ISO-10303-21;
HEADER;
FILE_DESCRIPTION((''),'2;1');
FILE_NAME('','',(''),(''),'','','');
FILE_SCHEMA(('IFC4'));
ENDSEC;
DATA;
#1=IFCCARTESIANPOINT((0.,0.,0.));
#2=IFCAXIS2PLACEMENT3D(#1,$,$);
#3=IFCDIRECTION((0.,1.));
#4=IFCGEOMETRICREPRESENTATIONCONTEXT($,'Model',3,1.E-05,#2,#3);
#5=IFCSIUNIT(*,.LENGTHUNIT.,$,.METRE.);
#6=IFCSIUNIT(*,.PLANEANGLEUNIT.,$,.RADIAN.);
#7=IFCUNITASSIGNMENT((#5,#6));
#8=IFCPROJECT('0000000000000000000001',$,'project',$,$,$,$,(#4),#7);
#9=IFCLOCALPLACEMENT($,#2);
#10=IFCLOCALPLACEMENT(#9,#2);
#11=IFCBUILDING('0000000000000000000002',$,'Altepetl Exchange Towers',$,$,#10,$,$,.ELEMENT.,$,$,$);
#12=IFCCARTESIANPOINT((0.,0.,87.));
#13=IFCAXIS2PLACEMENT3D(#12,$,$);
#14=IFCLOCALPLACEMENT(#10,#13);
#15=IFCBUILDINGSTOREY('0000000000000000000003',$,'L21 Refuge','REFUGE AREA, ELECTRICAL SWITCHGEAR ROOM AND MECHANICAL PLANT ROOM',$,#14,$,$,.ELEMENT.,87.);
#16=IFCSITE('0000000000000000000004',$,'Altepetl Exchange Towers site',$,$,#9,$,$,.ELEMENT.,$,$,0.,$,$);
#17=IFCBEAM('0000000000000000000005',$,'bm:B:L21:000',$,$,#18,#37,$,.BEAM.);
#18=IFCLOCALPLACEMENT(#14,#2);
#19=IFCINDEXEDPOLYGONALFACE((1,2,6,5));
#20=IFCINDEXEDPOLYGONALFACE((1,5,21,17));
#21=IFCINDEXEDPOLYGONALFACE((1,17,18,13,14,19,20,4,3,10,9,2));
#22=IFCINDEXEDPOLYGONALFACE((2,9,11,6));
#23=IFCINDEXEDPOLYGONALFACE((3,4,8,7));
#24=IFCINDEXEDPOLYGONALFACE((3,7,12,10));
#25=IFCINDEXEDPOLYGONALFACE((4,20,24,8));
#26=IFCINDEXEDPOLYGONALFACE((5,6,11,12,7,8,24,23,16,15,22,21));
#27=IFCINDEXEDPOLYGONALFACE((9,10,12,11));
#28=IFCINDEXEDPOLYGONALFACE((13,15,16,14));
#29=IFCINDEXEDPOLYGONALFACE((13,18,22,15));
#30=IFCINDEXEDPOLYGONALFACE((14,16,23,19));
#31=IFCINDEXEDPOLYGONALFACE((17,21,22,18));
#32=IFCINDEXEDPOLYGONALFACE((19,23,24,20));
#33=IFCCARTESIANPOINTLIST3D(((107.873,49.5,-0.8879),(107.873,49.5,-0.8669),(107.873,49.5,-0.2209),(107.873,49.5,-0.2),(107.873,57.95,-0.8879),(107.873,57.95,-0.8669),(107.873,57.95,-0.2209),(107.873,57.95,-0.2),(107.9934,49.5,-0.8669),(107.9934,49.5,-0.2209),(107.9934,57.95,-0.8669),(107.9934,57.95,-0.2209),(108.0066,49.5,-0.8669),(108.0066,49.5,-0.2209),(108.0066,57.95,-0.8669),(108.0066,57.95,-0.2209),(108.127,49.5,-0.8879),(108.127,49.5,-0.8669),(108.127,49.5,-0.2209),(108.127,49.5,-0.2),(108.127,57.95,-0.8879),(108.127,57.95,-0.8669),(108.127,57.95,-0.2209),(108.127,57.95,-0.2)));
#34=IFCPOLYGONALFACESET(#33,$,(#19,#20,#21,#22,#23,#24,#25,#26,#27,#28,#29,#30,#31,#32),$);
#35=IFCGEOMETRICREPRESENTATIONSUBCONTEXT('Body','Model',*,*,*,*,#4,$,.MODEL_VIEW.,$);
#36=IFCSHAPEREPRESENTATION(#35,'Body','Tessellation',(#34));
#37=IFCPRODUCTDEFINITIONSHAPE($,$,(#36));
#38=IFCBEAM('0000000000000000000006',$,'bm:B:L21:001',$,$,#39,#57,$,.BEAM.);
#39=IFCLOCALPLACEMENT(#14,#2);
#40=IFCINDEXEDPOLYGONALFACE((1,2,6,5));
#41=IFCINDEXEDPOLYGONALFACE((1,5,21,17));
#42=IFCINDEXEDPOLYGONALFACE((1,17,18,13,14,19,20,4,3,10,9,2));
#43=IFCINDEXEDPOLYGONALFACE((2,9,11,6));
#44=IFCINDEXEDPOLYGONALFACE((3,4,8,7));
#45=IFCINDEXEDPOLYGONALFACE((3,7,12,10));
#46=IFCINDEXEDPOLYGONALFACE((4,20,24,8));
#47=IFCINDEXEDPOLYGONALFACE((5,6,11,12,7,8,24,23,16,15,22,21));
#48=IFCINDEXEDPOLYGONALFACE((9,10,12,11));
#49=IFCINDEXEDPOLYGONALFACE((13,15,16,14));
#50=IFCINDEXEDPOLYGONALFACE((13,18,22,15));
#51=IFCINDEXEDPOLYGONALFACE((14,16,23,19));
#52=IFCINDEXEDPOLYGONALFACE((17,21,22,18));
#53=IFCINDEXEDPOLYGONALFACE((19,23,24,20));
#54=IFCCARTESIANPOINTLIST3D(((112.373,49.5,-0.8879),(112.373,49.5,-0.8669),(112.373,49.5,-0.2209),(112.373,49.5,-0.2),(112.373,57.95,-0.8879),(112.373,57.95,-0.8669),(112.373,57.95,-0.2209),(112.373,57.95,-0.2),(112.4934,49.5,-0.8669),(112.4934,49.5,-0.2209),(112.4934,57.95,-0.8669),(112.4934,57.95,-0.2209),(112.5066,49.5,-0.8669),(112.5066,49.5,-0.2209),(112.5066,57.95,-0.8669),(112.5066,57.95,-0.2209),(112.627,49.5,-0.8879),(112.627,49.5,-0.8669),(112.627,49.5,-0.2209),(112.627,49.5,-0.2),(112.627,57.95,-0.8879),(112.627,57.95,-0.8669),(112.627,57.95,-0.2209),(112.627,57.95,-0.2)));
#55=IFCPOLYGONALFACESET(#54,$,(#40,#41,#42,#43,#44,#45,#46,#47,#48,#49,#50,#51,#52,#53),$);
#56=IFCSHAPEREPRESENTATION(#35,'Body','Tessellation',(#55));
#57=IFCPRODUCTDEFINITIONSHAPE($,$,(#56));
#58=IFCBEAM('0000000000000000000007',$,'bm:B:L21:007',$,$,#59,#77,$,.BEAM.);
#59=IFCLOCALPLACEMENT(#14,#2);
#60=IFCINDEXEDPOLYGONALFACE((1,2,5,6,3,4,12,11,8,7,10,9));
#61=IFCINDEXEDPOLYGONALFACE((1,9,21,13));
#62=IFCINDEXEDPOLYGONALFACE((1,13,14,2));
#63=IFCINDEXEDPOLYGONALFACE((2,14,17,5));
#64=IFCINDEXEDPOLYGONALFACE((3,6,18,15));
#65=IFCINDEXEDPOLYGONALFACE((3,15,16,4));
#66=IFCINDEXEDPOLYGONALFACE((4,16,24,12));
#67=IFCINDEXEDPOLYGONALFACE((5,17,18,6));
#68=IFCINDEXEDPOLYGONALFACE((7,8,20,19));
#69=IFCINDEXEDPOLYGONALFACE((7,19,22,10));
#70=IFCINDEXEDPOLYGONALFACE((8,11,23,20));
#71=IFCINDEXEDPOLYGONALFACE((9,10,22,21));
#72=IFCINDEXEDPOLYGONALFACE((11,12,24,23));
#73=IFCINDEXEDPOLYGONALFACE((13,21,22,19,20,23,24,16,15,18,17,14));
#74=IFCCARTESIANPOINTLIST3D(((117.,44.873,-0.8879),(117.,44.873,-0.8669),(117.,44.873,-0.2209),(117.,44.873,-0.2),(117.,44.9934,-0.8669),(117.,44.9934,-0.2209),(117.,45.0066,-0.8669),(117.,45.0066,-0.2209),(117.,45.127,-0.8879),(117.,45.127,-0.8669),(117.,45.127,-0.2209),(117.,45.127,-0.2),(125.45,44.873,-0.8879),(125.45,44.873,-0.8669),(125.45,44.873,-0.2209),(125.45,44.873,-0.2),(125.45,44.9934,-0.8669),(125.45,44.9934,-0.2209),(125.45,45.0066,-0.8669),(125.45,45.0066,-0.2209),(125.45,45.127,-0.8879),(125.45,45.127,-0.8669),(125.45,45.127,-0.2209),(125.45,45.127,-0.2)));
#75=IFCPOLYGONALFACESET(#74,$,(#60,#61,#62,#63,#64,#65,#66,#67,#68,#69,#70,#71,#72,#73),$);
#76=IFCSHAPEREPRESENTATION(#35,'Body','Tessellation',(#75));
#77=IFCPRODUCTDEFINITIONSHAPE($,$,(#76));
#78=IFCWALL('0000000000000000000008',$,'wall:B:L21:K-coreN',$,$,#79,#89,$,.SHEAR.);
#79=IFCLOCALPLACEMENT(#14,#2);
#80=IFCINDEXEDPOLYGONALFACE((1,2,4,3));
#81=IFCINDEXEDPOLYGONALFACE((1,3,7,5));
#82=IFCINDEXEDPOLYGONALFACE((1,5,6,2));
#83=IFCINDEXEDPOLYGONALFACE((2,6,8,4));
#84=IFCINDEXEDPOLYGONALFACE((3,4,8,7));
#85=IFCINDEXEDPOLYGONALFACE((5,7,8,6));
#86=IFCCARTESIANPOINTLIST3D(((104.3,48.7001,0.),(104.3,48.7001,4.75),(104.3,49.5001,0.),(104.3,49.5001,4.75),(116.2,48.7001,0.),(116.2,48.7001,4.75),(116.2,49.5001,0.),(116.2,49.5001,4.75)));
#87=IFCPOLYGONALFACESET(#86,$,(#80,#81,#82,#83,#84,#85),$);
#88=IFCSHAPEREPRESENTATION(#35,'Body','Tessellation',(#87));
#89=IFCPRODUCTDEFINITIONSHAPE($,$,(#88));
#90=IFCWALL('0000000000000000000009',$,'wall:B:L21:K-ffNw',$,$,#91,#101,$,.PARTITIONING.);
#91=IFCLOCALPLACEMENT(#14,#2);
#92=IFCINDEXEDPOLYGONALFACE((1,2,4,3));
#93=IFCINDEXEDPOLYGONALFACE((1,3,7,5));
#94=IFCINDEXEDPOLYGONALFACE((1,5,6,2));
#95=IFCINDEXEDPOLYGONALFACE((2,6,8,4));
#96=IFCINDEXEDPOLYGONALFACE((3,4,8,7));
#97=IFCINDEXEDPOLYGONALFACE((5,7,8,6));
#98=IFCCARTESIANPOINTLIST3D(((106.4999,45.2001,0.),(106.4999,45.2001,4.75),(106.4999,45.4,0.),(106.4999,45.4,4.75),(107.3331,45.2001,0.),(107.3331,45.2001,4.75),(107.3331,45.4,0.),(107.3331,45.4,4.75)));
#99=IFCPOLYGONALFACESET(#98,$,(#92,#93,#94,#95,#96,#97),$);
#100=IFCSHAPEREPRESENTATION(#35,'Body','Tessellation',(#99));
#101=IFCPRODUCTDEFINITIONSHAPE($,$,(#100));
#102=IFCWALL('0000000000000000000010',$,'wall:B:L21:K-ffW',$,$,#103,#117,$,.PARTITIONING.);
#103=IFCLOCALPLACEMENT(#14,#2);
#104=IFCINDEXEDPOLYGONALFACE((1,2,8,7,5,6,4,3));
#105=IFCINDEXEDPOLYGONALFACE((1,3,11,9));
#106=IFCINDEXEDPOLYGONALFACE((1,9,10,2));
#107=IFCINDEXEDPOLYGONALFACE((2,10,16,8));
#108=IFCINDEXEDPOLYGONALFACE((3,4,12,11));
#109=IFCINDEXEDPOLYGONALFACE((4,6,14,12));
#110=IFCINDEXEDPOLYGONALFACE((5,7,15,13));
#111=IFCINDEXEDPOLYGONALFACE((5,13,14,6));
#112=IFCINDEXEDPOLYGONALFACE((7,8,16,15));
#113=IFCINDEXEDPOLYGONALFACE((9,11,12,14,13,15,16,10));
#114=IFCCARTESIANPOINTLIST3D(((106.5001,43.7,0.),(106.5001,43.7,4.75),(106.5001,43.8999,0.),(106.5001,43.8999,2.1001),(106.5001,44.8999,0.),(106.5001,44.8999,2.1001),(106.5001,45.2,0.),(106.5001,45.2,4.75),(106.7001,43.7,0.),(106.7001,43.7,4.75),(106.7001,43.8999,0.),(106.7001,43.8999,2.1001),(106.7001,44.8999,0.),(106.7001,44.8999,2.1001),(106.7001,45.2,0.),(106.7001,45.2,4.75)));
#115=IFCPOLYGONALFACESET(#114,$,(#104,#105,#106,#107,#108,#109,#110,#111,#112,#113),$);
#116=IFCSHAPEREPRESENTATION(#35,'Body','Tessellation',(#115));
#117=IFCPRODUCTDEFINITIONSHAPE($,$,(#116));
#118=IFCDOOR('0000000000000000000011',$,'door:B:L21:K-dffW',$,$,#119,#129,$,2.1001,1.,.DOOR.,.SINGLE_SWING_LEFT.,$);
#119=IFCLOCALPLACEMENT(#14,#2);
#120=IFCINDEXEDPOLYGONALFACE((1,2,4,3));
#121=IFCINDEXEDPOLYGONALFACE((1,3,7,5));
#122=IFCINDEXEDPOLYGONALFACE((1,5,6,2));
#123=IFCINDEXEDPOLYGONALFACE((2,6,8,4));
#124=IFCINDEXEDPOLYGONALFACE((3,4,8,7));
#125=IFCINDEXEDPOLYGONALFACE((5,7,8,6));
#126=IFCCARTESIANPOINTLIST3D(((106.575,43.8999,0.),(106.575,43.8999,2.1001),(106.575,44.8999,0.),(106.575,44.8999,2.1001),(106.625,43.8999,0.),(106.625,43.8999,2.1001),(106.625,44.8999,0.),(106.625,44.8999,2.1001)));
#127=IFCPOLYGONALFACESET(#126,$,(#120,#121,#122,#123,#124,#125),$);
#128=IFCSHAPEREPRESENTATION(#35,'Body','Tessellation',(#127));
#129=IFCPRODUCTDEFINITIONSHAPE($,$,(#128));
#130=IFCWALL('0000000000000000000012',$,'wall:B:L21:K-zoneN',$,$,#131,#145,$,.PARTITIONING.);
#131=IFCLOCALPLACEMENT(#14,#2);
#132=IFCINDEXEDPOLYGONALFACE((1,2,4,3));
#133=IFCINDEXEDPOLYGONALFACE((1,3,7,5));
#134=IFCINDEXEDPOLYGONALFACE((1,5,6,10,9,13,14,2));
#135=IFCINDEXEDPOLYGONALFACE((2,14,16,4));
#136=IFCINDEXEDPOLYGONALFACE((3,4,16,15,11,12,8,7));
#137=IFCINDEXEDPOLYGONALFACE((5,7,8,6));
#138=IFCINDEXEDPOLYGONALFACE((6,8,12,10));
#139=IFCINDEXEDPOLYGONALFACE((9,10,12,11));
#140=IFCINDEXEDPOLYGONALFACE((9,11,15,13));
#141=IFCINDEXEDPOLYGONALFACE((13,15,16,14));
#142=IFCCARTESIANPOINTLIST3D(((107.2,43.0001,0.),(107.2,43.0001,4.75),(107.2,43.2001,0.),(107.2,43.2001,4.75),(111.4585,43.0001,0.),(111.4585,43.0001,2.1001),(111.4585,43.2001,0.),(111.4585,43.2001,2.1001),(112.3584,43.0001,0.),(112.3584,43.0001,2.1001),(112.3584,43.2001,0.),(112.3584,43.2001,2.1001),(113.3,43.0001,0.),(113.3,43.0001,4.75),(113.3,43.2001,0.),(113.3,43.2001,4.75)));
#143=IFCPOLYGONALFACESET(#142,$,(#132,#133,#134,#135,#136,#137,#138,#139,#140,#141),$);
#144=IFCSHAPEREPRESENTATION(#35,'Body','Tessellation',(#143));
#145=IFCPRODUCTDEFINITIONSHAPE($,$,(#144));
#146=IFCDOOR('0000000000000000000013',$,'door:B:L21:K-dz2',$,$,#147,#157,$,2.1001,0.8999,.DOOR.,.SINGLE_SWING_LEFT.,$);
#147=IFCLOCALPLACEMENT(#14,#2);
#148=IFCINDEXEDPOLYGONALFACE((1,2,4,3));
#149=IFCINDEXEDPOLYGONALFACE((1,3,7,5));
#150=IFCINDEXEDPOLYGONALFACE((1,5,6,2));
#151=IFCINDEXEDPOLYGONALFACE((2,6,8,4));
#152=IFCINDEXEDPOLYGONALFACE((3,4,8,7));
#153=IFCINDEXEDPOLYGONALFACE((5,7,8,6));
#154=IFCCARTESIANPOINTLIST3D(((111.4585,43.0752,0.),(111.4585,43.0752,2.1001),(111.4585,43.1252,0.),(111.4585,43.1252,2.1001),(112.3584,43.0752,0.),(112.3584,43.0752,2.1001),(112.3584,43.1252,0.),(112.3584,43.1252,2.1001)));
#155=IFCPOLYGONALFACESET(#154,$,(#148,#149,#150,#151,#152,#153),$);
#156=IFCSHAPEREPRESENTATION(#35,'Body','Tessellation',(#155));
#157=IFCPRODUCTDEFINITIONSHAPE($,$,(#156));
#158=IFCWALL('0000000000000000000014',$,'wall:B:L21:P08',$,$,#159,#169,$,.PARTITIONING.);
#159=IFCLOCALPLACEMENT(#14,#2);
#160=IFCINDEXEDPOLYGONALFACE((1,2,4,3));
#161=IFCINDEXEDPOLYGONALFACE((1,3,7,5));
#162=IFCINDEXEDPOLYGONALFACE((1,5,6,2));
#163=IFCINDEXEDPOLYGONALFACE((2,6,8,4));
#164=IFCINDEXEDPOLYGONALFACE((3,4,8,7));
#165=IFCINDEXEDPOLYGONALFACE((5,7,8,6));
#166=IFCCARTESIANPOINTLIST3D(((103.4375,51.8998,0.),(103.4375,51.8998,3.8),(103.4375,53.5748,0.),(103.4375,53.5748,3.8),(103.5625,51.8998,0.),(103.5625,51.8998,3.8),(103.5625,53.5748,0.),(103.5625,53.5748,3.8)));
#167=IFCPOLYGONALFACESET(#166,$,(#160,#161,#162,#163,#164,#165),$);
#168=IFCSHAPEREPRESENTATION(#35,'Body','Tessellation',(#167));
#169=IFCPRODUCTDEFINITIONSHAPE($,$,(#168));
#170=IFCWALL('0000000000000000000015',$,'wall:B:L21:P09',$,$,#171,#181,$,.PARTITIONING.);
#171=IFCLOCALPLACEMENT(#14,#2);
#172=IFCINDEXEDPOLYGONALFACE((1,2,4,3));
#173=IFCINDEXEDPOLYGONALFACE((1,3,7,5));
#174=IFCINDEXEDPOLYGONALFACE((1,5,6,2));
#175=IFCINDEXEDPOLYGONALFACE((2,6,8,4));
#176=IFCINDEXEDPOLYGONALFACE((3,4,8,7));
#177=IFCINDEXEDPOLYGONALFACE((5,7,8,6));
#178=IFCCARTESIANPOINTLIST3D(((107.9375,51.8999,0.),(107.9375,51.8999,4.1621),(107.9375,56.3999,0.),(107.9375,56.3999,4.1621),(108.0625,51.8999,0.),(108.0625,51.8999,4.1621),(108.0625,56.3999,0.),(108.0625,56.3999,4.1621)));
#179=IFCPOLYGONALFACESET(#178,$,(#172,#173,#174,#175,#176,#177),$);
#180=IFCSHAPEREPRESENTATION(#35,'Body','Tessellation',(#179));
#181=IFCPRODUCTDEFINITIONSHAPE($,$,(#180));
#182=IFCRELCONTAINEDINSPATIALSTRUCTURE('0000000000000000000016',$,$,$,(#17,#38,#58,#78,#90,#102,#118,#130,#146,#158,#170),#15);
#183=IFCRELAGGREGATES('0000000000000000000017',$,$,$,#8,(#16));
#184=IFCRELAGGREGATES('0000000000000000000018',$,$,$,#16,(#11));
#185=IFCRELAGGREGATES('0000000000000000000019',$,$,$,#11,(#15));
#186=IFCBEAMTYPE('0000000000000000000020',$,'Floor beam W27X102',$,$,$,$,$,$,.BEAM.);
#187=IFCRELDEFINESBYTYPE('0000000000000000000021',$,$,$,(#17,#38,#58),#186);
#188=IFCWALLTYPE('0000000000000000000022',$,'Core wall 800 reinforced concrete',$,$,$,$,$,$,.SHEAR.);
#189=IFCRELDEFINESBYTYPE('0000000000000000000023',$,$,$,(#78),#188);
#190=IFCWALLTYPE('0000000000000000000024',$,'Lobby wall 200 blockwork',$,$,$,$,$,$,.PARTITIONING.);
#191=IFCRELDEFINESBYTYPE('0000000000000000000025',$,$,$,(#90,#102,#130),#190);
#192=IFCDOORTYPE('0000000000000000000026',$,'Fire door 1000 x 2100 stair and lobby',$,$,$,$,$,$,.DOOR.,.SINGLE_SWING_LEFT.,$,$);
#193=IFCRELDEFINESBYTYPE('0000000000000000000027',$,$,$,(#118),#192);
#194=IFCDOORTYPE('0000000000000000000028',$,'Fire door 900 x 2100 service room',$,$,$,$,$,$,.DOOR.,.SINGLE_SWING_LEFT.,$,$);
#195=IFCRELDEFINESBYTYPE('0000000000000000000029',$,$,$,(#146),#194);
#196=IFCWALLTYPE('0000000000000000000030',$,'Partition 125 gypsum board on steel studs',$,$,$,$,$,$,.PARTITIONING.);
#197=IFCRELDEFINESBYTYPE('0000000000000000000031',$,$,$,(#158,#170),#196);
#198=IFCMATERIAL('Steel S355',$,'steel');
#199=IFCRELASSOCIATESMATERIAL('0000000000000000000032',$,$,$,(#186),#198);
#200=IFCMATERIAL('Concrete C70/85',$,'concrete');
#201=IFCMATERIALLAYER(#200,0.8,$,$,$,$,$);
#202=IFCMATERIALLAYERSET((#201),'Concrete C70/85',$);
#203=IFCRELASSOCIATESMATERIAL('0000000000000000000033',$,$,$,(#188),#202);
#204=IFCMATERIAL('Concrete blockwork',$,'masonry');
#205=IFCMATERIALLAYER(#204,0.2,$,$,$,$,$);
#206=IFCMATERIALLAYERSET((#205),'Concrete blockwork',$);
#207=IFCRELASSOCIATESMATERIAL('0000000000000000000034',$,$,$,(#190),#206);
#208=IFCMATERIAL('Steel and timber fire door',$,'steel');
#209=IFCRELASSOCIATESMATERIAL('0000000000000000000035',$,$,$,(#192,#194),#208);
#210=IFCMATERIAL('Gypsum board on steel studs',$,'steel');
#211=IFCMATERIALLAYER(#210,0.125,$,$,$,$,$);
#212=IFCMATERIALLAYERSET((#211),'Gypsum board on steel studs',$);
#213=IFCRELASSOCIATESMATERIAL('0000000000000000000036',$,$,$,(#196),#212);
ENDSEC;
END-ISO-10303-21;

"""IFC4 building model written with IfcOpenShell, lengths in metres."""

from ifc_helpers import new_model, si_unit, direction, frame, frame_2d, origin, origin_2d, place, context, subcontext, project, spatial, rectangle, i_section, extrude, material, layer, layer_set, material_profile, profile_set, type_object, element, fill, save


model = new_model("IFC4")

# Units and contexts
model_context = context("Model", 3, precision=1e-05, world=origin(), true_north=direction((0.0, 1.0)))
body_context = subcontext(model_context, "Body", "Model", "MODEL_VIEW")
ifc_project = project(units=[si_unit("LENGTHUNIT", "METRE"), si_unit("PLANEANGLEUNIT", "RADIAN")], contexts=[model_context])

# Site, building, storey
site_placement = place(None, origin())
site = spatial("IfcSite", under=ifc_project, at=site_placement, Name="Altepetl Exchange Towers site", CompositionType="ELEMENT", RefElevation=0.0)
building_placement = place(site_placement, origin())
building = spatial("IfcBuilding", under=site, at=building_placement, Name="Altepetl Exchange Towers", CompositionType="ELEMENT")
storey_placement = place(building_placement, frame((0.0, 0.0, 87.0)))
storey = spatial("IfcBuildingStorey", under=building, at=storey_placement, Name="L21 Refuge", Description="REFUGE AREA, ELECTRICAL SWITCHGEAR ROOM AND MECHANICAL PLANT ROOM", CompositionType="ELEMENT", Elevation=87.0)

# Beams
ifc_material_1 = material(Name="Steel S355", Category="steel")
ifc_material_profile = material_profile(ifc_material_1, i_section(OverallWidth=0.2539, OverallDepth=0.688, WebThickness=0.0132, FlangeThickness=0.021, at=origin_2d()), Name="W27X102")
ifc_profile_set = profile_set([ifc_material_profile], Name="Steel S355")
beam_type = type_object("IfcBeamType", Name="Floor beam W27X102", PredefinedType="BEAM", material=ifc_profile_set)
for number, where, z_axis, x_axis, name in (
    (1, (108.0, 49.5, -0.5439), (0.0, 1.0, 0.0), (-1.0, 0.0, 0.0), "bm:B:L21:000"),
    (2, (112.5, 49.5, -0.5439), (0.0, 1.0, 0.0), (-1.0, 0.0, 0.0), "bm:B:L21:001"),
    (3, (117.0, 45.0, -0.5439), (1.0, 0.0, 0.0), (0.0, 1.0, 0.0), "bm:B:L21:007"),
):
    element("IfcBeam", number, at=place(storey_placement, frame(where, z_axis=z_axis, x_axis=x_axis)), inside=storey, type_object=beam_type, Name=name, PredefinedType="BEAM", context=body_context, shape_type="SweptSolid", body=[
        extrude(i_section(OverallWidth=0.2539, OverallDepth=0.688, WebThickness=0.0132, FlangeThickness=0.021, at=origin_2d()), origin(), (0.0, 0.0, 1.0), 8.45),
    ])

# Walls
ifc_material_2 = material(Name="Concrete C70/85", Category="concrete")
ifc_layer_1 = layer(ifc_material_2, 0.8)
ifc_layer_set_1 = layer_set([ifc_layer_1], Name="Concrete C70/85")
wall_type_1 = type_object("IfcWallType", Name="Core wall 800 reinforced concrete", PredefinedType="SHEAR", material=ifc_layer_set_1)
wall_1_placement = place(storey_placement, frame((104.3, 49.1001, 0.0)))
element("IfcWall", 4, at=wall_1_placement, inside=storey, type_object=wall_type_1, Name="wall:B:L21:K-coreN", PredefinedType="SHEAR", context=body_context, shape_type="SweptSolid", body=[
    extrude(rectangle(XDim=11.8999, YDim=0.8, at=frame_2d((5.95, 0.0))), origin(), (0.0, 0.0, 1.0), 4.75),
])
ifc_material_3 = material(Name="Concrete blockwork", Category="masonry")
ifc_layer_2 = layer(ifc_material_3, 0.2)
ifc_layer_set_2 = layer_set([ifc_layer_2], Name="Concrete blockwork")
wall_type_2 = type_object("IfcWallType", Name="Lobby wall 200 blockwork", PredefinedType="PARTITIONING", material=ifc_layer_set_2)
wall_2_placement = place(storey_placement, frame((106.5, 45.3, 0.0)))
element("IfcWall", 5, at=wall_2_placement, inside=storey, type_object=wall_type_2, Name="wall:B:L21:K-ffNw", PredefinedType="PARTITIONING", context=body_context, shape_type="SweptSolid", body=[
    extrude(rectangle(XDim=0.8333, YDim=0.2, at=frame_2d((0.4165, 0.0))), origin(), (0.0, 0.0, 1.0), 4.75),
])

# Walls, openings, doors
wall_3_placement = place(storey_placement, frame((106.6001, 43.7, 0.0), z_axis=(0.0, 0.0, 1.0), x_axis=(0.0, 1.0, 0.0)))
wall_3 = element("IfcWall", 6, at=wall_3_placement, inside=storey, type_object=wall_type_2, Name="wall:B:L21:K-ffW", PredefinedType="PARTITIONING", context=body_context, shape_type="SweptSolid", body=[
    extrude(rectangle(XDim=1.5, YDim=0.2, at=frame_2d((0.75, 0.0))), origin(), (0.0, 0.0, 1.0), 4.75),
])
opening_1_placement = place(wall_3_placement, frame((0.2, 0.0, 0.0)))
opening_1 = element("IfcOpeningElement", 7, at=opening_1_placement, cuts=wall_3, PredefinedType="OPENING", context=body_context, shape_type="SweptSolid", body=[
    extrude(rectangle(XDim=1.0, YDim=2.1001, at=frame_2d((0.5, 1.05))), frame((0.0, 0.1099, 0.0), z_axis=(0.0, -1.0, 0.0), x_axis=(1.0, 0.0, 0.0)), (0.0, 0.0, 1.0), 0.22),
])
ifc_material_4 = material(Name="Steel and timber fire door", Category="steel")
door_type_1 = type_object("IfcDoorType", Name="Fire door 1000 x 2100 stair and lobby", OperationType="SINGLE_SWING_LEFT", PredefinedType="DOOR", material=ifc_material_4)
door_1_placement = place(opening_1_placement, frame((1.0, 0.0, 0.0), x_axis=(-1.0, 0.0, 0.0)))
door_1 = element("IfcDoor", 8, at=door_1_placement, inside=storey, type_object=door_type_1, Name="door:B:L21:K-dffW", OperationType="SINGLE_SWING_LEFT", OverallHeight=2.1001, OverallWidth=1.0, PredefinedType="DOOR", context=body_context, shape_type="SweptSolid", body=[
    extrude(rectangle(XDim=1.0, YDim=2.1001, at=frame_2d((0.5, 1.05))), frame((0.0, 0.0249, 0.0), z_axis=(0.0, -1.0, 0.0), x_axis=(1.0, 0.0, 0.0)), (0.0, 0.0, 1.0), 0.05),
])
fill(opening_1, door_1)
wall_4_placement = place(storey_placement, frame((107.2, 43.1001, 0.0)))
wall_4 = element("IfcWall", 9, at=wall_4_placement, inside=storey, type_object=wall_type_2, Name="wall:B:L21:K-zoneN", PredefinedType="PARTITIONING", context=body_context, shape_type="SweptSolid", body=[
    extrude(rectangle(XDim=6.1001, YDim=0.2, at=frame_2d((3.05, 0.0))), origin(), (0.0, 0.0, 1.0), 4.75),
])
opening_2_placement = place(wall_4_placement, frame((4.2585, 0.0, 0.0)))
opening_2 = element("IfcOpeningElement", 10, at=opening_2_placement, cuts=wall_4, PredefinedType="OPENING", context=body_context, shape_type="SweptSolid", body=[
    extrude(rectangle(XDim=0.8999, YDim=2.1001, at=frame_2d((0.45, 1.05))), frame((0.0, 0.1099, 0.0), z_axis=(0.0, -1.0, 0.0), x_axis=(1.0, 0.0, 0.0)), (0.0, 0.0, 1.0), 0.22),
])
door_type_2 = type_object("IfcDoorType", Name="Fire door 900 x 2100 service room", OperationType="SINGLE_SWING_LEFT", PredefinedType="DOOR", material=ifc_material_4)
door_2_placement = place(opening_2_placement, frame((0.8999, 0.0, 0.0), x_axis=(-1.0, 0.0, 0.0)))
door_2 = element("IfcDoor", 11, at=door_2_placement, inside=storey, type_object=door_type_2, Name="door:B:L21:K-dz2", OperationType="SINGLE_SWING_LEFT", OverallHeight=2.1001, OverallWidth=0.8999, PredefinedType="DOOR", context=body_context, shape_type="SweptSolid", body=[
    extrude(rectangle(XDim=0.8999, YDim=2.1001, at=frame_2d((0.45, 1.05))), frame((0.0, 0.0249, 0.0), z_axis=(0.0, -1.0, 0.0), x_axis=(1.0, 0.0, 0.0)), (0.0, 0.0, 1.0), 0.05),
])
fill(opening_2, door_2)

# Walls
ifc_material_5 = material(Name="Gypsum board on steel studs", Category="steel")
ifc_layer_3 = layer(ifc_material_5, 0.125)
ifc_layer_set_3 = layer_set([ifc_layer_3], Name="Gypsum board on steel studs")
wall_type_3 = type_object("IfcWallType", Name="Partition 125 gypsum board on steel studs", PredefinedType="PARTITIONING", material=ifc_layer_set_3)
wall_5_placement = place(storey_placement, frame((103.5, 51.8999, 0.0), z_axis=(0.0, 0.0, 1.0), x_axis=(0.0, 1.0, 0.0)))
element("IfcWall", 12, at=wall_5_placement, inside=storey, type_object=wall_type_3, Name="wall:B:L21:P08", PredefinedType="PARTITIONING", context=body_context, shape_type="SweptSolid", body=[
    extrude(rectangle(XDim=1.675, YDim=0.125, at=frame_2d((0.8374, 0.0))), origin(), (0.0, 0.0, 1.0), 3.8),
])
wall_6_placement = place(storey_placement, frame((108.0, 51.8999, 0.0), z_axis=(0.0, 0.0, 1.0), x_axis=(0.0, 1.0, 0.0)))
element("IfcWall", 13, at=wall_6_placement, inside=storey, type_object=wall_type_3, Name="wall:B:L21:P09", PredefinedType="PARTITIONING", context=body_context, shape_type="SweptSolid", body=[
    extrude(rectangle(XDim=4.5, YDim=0.125, at=frame_2d((2.25, 0.0))), origin(), (0.0, 0.0, 1.0), 4.1621),
])

save(model, "model.ifc")
